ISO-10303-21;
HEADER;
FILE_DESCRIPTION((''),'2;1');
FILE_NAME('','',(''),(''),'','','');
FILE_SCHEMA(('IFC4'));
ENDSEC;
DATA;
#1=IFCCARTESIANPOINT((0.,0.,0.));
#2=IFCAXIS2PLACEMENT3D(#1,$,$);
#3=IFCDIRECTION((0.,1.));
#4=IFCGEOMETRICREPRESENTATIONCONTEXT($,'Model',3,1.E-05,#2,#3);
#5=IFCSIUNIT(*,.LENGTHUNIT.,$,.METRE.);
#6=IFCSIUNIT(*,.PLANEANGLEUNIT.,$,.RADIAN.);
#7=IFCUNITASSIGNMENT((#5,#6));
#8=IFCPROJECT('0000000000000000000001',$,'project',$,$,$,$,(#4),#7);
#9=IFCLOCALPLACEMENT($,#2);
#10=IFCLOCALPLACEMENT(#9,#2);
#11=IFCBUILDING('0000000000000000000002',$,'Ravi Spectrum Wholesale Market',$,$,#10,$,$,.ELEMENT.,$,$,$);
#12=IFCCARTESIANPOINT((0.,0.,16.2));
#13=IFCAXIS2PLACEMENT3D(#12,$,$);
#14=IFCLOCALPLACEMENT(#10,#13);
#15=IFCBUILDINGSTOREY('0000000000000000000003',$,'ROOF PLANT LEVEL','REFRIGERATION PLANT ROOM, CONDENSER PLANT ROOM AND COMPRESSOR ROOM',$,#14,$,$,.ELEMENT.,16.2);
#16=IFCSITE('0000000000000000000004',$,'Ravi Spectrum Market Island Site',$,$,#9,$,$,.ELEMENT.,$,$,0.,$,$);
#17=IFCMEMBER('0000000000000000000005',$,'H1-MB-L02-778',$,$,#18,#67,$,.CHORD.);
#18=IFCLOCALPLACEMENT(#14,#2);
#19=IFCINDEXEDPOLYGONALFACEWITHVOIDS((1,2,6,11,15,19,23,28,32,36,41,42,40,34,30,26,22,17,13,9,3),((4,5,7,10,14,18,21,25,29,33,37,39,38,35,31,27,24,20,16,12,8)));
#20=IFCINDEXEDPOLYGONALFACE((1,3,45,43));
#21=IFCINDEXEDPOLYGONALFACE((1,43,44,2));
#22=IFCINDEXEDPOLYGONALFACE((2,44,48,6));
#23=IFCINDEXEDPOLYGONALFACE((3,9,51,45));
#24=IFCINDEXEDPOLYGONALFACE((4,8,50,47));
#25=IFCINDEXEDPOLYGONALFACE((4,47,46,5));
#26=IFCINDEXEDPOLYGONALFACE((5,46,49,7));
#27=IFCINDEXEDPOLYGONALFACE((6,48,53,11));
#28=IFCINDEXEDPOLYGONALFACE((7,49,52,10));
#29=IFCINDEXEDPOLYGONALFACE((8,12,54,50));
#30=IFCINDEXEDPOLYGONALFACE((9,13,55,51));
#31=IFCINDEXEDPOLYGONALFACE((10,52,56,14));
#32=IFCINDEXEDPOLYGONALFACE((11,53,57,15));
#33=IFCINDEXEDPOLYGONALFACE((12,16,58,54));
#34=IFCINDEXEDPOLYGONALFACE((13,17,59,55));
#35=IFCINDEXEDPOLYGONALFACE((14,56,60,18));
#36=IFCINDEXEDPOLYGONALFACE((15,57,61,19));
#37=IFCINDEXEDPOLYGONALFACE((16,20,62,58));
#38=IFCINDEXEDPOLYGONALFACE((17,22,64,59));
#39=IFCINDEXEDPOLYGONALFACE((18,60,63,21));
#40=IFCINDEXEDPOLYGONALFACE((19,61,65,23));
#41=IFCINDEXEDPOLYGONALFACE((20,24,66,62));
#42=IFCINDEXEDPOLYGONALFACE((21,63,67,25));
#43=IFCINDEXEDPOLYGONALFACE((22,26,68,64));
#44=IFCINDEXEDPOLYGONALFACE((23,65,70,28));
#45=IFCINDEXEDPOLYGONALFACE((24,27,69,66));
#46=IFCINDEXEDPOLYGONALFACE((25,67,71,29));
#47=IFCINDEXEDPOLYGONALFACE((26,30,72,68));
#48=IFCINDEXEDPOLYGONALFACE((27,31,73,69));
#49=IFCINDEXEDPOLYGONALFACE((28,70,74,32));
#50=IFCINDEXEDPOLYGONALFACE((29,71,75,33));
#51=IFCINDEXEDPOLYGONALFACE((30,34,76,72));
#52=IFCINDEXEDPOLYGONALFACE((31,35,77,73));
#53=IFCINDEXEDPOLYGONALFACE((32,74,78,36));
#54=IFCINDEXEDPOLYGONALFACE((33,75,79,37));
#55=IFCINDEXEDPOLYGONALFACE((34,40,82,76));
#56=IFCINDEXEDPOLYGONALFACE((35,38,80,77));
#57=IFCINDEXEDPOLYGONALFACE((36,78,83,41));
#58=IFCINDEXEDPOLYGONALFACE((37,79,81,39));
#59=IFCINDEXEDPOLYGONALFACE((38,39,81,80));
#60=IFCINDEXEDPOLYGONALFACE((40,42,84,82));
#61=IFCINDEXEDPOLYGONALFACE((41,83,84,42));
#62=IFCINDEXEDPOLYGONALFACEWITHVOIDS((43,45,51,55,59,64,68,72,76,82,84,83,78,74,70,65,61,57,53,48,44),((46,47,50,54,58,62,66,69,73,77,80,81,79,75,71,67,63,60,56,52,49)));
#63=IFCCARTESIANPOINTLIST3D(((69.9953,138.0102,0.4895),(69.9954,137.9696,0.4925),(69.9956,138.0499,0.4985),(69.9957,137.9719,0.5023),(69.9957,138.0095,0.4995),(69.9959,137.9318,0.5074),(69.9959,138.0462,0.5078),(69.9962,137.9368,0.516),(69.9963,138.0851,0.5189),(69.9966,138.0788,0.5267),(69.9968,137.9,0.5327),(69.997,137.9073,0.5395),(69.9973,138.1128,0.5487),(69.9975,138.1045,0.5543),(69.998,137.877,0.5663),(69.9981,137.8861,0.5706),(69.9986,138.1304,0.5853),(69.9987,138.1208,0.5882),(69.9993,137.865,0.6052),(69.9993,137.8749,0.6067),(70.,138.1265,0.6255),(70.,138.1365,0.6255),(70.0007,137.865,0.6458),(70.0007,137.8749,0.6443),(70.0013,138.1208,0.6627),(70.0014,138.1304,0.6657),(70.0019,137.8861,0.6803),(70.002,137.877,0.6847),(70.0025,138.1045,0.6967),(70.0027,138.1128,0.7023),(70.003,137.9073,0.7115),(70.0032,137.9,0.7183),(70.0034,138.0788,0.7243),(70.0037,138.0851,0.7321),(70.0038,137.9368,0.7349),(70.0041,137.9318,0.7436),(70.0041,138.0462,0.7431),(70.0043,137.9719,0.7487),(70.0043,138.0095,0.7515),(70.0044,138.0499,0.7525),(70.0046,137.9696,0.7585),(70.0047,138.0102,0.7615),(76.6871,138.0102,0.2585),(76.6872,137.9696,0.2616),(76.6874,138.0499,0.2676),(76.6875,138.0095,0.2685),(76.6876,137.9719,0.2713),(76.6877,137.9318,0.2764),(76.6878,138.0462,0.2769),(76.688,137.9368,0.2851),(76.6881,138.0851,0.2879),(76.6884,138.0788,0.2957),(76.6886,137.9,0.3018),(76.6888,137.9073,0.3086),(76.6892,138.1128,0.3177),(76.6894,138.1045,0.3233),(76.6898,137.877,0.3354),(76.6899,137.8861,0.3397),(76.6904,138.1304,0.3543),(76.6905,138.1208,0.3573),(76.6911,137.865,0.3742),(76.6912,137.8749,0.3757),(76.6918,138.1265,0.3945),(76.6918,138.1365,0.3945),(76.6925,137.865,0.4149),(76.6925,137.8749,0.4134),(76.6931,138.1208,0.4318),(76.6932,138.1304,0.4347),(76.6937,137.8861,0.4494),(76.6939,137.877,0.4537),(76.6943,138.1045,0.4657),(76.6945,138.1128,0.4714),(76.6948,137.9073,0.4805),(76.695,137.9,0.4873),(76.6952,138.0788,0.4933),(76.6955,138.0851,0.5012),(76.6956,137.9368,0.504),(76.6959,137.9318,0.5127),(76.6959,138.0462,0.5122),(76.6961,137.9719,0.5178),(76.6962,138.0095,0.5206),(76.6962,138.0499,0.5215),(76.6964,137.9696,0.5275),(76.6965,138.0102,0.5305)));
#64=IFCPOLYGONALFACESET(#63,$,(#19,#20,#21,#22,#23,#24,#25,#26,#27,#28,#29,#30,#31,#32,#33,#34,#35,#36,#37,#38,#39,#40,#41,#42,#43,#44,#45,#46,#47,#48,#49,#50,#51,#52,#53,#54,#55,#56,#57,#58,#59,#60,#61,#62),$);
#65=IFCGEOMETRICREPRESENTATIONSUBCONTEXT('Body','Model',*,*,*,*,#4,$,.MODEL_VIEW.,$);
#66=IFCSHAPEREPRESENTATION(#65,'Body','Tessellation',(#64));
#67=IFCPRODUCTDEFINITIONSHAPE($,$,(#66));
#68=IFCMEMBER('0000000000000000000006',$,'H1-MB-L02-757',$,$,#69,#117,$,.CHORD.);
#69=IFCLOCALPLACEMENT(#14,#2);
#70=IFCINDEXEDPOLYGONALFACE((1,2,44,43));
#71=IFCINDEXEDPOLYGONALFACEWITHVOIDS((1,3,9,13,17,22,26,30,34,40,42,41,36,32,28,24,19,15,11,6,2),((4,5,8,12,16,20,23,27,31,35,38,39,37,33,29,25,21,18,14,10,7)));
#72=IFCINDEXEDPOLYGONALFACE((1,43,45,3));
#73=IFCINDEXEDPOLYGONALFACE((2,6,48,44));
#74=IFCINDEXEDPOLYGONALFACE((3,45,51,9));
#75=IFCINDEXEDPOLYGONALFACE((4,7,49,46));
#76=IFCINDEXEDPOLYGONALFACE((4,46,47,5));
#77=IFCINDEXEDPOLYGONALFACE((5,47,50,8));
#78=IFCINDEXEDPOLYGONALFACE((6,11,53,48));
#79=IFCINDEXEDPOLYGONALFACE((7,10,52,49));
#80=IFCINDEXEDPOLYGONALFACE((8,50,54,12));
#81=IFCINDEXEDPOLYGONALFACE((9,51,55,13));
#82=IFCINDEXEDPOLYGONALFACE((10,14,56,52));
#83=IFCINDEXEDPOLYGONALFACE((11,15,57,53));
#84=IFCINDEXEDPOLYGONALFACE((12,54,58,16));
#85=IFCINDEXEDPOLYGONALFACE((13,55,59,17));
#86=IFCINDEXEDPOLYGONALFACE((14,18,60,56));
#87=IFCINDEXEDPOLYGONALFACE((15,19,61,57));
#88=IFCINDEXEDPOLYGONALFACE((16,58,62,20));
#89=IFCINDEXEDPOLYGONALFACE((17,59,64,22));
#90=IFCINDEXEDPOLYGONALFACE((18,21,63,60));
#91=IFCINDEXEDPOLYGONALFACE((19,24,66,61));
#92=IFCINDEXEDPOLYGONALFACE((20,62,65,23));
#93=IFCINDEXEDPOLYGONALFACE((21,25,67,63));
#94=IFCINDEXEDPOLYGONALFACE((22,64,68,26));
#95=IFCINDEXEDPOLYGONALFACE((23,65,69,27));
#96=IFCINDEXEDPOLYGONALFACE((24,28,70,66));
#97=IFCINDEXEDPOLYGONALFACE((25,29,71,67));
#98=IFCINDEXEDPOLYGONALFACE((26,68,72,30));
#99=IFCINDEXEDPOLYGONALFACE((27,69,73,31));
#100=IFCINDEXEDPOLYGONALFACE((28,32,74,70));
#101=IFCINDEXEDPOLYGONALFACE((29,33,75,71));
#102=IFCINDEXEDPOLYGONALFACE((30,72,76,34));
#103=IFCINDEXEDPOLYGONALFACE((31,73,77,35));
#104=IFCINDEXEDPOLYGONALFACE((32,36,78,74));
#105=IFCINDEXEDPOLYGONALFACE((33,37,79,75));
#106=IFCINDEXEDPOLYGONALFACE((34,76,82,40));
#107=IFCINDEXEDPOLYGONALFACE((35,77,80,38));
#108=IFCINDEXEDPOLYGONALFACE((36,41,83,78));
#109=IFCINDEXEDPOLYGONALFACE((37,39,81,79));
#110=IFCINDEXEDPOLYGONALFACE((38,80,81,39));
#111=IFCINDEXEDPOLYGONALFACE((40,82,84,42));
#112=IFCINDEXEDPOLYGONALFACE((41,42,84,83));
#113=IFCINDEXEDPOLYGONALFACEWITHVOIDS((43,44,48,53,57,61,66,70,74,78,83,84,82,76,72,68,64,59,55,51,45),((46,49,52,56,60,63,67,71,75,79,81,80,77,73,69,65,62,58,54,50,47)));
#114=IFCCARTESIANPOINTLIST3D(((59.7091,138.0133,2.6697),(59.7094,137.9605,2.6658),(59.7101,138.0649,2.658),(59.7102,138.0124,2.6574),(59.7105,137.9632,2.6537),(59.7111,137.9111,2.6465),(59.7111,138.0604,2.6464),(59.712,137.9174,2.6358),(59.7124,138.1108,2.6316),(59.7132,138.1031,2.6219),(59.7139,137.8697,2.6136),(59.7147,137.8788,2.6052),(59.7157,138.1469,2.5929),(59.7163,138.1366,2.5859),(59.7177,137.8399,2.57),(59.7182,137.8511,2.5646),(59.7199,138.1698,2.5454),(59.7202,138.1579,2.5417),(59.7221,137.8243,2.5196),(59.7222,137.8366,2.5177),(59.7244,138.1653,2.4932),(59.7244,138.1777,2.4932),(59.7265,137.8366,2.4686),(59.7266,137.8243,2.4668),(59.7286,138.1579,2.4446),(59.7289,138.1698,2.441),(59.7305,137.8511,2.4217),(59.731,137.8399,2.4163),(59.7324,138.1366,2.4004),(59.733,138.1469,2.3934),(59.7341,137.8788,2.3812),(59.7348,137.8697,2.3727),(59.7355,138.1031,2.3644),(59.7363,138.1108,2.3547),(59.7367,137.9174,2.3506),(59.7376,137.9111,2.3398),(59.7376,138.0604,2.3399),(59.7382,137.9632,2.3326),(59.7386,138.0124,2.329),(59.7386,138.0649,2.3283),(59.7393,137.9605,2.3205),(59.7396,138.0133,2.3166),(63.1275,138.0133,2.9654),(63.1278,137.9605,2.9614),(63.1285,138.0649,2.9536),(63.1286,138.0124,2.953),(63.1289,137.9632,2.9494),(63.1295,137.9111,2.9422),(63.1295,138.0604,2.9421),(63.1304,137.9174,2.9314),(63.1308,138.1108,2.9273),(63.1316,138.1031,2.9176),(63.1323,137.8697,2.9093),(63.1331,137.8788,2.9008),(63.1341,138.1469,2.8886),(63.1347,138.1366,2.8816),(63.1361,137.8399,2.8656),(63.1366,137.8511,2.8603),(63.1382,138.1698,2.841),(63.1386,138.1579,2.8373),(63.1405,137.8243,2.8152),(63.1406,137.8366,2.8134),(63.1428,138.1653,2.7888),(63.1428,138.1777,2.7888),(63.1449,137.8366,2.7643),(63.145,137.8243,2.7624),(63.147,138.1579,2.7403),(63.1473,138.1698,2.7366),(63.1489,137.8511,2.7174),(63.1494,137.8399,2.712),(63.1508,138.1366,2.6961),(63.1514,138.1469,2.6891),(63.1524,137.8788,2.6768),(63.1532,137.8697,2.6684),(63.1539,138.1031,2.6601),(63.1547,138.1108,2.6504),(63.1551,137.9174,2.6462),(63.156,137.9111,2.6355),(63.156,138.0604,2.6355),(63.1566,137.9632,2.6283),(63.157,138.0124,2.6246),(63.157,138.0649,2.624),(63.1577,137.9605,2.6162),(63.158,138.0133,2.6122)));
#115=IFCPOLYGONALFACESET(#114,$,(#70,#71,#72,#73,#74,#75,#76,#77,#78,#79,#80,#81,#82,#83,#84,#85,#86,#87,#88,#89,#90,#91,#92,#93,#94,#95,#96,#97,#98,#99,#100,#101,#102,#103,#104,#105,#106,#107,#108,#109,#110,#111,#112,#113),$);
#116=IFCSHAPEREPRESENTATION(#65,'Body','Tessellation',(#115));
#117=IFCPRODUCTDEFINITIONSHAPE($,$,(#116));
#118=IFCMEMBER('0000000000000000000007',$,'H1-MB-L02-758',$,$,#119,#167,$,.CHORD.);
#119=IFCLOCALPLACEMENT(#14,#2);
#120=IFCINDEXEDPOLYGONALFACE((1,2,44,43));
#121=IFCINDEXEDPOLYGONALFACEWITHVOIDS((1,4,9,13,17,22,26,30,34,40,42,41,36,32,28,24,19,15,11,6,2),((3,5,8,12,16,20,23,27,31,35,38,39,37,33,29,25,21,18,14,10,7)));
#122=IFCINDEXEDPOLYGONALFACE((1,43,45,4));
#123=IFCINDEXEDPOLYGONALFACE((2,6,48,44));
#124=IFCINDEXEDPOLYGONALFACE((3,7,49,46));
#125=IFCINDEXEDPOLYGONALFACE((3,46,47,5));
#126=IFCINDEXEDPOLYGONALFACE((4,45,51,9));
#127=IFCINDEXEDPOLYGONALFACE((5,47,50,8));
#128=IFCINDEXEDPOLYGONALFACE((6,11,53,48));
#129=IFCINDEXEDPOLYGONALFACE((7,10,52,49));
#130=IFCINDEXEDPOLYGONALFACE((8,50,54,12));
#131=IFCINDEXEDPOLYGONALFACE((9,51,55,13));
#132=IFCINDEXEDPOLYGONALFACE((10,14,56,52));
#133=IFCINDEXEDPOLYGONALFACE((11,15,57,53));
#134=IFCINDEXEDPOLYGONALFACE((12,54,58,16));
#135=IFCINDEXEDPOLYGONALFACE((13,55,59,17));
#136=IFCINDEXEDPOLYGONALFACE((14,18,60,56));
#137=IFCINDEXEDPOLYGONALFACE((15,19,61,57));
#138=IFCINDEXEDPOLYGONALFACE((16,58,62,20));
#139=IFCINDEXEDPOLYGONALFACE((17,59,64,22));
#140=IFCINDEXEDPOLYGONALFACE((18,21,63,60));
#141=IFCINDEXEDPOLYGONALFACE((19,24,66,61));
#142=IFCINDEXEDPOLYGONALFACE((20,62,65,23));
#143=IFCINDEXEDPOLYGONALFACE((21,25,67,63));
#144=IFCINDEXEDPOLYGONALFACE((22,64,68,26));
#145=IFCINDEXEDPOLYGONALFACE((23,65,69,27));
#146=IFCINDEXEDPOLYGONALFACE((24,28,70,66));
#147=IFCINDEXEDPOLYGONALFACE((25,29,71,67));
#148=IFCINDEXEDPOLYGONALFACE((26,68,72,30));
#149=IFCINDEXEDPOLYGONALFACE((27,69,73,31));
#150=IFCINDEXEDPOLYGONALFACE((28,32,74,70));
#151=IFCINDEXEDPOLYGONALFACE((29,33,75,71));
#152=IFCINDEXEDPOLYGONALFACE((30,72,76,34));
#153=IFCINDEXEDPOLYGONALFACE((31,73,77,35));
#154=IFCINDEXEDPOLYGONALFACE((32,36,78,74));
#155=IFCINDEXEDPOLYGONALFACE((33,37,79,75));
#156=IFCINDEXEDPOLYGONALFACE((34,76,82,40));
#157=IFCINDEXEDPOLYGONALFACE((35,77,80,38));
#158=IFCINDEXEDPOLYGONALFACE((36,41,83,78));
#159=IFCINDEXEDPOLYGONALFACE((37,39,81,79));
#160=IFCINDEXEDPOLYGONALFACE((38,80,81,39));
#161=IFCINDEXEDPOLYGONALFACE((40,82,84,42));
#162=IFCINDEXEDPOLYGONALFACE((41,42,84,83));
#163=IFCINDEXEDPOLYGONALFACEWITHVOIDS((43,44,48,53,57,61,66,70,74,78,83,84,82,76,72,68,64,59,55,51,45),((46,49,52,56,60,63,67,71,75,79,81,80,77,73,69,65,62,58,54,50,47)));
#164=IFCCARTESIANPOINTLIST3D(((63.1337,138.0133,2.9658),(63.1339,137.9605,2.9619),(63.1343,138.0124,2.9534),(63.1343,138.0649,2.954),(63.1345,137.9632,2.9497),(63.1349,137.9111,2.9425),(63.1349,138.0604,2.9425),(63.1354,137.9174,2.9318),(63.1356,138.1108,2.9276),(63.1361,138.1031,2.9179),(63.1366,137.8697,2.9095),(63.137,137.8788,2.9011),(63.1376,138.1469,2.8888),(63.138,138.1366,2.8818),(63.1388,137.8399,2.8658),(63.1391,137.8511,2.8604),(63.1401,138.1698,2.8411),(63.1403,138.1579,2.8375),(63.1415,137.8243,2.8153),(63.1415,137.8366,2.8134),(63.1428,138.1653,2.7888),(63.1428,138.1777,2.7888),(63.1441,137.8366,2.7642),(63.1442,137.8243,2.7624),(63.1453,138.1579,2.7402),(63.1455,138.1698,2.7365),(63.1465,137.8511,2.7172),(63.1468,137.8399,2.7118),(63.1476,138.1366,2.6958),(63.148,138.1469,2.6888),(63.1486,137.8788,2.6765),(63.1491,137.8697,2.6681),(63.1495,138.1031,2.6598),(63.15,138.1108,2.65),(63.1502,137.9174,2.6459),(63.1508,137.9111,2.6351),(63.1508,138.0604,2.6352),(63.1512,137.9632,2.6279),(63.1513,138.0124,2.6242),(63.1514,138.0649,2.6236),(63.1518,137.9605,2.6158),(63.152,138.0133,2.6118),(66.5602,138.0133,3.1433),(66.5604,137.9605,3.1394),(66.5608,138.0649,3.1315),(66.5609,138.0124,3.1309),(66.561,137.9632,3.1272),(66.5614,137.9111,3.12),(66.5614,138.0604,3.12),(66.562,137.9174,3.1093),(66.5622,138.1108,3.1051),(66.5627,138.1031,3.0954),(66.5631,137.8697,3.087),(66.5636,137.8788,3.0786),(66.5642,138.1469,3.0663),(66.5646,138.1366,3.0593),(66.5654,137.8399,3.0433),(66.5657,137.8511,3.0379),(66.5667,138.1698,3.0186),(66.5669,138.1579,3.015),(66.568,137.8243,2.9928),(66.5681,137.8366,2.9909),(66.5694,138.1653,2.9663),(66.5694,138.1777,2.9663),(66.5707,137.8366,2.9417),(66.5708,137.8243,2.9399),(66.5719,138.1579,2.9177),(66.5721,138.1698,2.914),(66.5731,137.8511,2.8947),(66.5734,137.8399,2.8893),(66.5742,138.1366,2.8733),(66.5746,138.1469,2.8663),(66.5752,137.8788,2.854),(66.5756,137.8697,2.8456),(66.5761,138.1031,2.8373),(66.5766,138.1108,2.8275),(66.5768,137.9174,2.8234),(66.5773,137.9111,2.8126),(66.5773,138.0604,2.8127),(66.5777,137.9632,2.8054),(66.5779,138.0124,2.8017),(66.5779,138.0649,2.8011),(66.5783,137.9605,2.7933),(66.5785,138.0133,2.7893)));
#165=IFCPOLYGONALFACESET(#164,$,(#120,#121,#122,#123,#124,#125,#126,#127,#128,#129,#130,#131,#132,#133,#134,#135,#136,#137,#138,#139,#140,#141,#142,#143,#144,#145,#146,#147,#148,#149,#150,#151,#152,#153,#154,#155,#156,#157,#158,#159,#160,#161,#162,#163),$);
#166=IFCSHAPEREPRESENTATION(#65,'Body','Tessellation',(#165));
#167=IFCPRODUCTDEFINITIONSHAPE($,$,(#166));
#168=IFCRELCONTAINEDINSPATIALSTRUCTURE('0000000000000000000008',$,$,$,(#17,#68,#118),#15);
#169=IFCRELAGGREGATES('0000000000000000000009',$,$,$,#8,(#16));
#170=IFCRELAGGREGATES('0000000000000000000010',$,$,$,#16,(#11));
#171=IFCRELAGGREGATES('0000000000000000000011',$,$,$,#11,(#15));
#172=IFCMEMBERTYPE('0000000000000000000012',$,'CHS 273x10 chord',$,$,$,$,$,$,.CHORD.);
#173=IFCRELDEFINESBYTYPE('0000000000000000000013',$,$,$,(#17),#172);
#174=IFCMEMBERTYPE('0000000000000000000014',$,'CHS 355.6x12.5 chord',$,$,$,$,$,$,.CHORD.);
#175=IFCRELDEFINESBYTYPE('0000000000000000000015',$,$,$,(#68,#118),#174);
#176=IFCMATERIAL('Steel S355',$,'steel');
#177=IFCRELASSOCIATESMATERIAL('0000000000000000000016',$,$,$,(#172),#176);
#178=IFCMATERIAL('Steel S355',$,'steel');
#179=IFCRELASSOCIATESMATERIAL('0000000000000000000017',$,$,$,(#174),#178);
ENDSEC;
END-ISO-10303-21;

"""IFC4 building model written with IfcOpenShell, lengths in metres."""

from ifc_helpers import new_model, si_unit, direction, frame, origin, origin_2d, place, context, subcontext, project, spatial, hollow_circle, extrude, material, material_profile, profile_set, type_object, element, save


model = new_model("IFC4")

# Units and contexts
model_context = context("Model", 3, precision=1e-05, world=origin(), true_north=direction((0.0, 1.0)))
body_context = subcontext(model_context, "Body", "Model", "MODEL_VIEW")
ifc_project = project(units=[si_unit("LENGTHUNIT", "METRE"), si_unit("PLANEANGLEUNIT", "RADIAN")], contexts=[model_context])

# Site, building, storey
site_placement = place(None, origin())
site = spatial("IfcSite", under=ifc_project, at=site_placement, Name="Ravi Spectrum Market Island Site", CompositionType="ELEMENT", RefElevation=0.0)
building_placement = place(site_placement, origin())
building = spatial("IfcBuilding", under=site, at=building_placement, Name="Ravi Spectrum Wholesale Market", CompositionType="ELEMENT")
storey_placement = place(building_placement, frame((0.0, 0.0, 16.2)))
storey = spatial("IfcBuildingStorey", under=building, at=storey_placement, Name="ROOF PLANT LEVEL", Description="REFRIGERATION PLANT ROOM, CONDENSER PLANT ROOM AND COMPRESSOR ROOM", CompositionType="ELEMENT", Elevation=16.2)

# Members
ifc_material_1 = material(Name="Steel S355", Category="steel")
ifc_material_profile_1 = material_profile(ifc_material_1, hollow_circle(Radius=0.1365, WallThickness=0.01, at=origin_2d()))
ifc_profile_set_1 = profile_set([ifc_material_profile_1], Name="Steel S355")
member_type_1 = type_object("IfcMemberType", Name="CHS 273x10 chord", PredefinedType="CHORD", material=ifc_profile_set_1)
for number, where, z_axis, x_axis, name in (
    (1, (70.0, 138.0, 0.6255), (0.999405, 0.0, -0.034492), (0.0, 1.0, 0.0), "H1-MB-L02-778"),
):
    element("IfcMember", number, at=place(storey_placement, frame(where, z_axis=z_axis, x_axis=x_axis)), inside=storey, type_object=member_type_1, Name=name, PredefinedType="CHORD", context=body_context, shape_type="SweptSolid", body=[
        extrude(hollow_circle(Radius=0.1365, WallThickness=0.01, at=origin_2d()), origin(), (0.0, 0.0, 1.0), 6.6958),
    ])
ifc_material_2 = material(Name="Steel S355", Category="steel")
ifc_material_profile_2 = material_profile(ifc_material_2, hollow_circle(Radius=0.1777, WallThickness=0.0125, at=origin_2d()))
ifc_profile_set_2 = profile_set([ifc_material_profile_2], Name="Steel S355")
member_type_2 = type_object("IfcMemberType", Name="CHS 355.6x12.5 chord", PredefinedType="CHORD", material=ifc_profile_set_2)
for number, where, z_axis, x_axis, name in (
    (2, (59.7244, 138.0, 2.4932), (0.996281, 0.0, 0.086166), (0.0, 1.0, 0.0), "H1-MB-L02-757"),
    (3, (63.1428, 138.0, 2.7888), (0.998661, 0.0, 0.05173), (0.0, 1.0, 0.0), "H1-MB-L02-758"),
):
    element("IfcMember", number, at=place(storey_placement, frame(where, z_axis=z_axis, x_axis=x_axis)), inside=storey, type_object=member_type_2, Name=name, PredefinedType="CHORD", context=body_context, shape_type="SweptSolid", body=[
        extrude(hollow_circle(Radius=0.1777, WallThickness=0.0125, at=origin_2d()), origin(), (0.0, 0.0, 1.0), 3.4312),
    ])

save(model, "model.ifc")
